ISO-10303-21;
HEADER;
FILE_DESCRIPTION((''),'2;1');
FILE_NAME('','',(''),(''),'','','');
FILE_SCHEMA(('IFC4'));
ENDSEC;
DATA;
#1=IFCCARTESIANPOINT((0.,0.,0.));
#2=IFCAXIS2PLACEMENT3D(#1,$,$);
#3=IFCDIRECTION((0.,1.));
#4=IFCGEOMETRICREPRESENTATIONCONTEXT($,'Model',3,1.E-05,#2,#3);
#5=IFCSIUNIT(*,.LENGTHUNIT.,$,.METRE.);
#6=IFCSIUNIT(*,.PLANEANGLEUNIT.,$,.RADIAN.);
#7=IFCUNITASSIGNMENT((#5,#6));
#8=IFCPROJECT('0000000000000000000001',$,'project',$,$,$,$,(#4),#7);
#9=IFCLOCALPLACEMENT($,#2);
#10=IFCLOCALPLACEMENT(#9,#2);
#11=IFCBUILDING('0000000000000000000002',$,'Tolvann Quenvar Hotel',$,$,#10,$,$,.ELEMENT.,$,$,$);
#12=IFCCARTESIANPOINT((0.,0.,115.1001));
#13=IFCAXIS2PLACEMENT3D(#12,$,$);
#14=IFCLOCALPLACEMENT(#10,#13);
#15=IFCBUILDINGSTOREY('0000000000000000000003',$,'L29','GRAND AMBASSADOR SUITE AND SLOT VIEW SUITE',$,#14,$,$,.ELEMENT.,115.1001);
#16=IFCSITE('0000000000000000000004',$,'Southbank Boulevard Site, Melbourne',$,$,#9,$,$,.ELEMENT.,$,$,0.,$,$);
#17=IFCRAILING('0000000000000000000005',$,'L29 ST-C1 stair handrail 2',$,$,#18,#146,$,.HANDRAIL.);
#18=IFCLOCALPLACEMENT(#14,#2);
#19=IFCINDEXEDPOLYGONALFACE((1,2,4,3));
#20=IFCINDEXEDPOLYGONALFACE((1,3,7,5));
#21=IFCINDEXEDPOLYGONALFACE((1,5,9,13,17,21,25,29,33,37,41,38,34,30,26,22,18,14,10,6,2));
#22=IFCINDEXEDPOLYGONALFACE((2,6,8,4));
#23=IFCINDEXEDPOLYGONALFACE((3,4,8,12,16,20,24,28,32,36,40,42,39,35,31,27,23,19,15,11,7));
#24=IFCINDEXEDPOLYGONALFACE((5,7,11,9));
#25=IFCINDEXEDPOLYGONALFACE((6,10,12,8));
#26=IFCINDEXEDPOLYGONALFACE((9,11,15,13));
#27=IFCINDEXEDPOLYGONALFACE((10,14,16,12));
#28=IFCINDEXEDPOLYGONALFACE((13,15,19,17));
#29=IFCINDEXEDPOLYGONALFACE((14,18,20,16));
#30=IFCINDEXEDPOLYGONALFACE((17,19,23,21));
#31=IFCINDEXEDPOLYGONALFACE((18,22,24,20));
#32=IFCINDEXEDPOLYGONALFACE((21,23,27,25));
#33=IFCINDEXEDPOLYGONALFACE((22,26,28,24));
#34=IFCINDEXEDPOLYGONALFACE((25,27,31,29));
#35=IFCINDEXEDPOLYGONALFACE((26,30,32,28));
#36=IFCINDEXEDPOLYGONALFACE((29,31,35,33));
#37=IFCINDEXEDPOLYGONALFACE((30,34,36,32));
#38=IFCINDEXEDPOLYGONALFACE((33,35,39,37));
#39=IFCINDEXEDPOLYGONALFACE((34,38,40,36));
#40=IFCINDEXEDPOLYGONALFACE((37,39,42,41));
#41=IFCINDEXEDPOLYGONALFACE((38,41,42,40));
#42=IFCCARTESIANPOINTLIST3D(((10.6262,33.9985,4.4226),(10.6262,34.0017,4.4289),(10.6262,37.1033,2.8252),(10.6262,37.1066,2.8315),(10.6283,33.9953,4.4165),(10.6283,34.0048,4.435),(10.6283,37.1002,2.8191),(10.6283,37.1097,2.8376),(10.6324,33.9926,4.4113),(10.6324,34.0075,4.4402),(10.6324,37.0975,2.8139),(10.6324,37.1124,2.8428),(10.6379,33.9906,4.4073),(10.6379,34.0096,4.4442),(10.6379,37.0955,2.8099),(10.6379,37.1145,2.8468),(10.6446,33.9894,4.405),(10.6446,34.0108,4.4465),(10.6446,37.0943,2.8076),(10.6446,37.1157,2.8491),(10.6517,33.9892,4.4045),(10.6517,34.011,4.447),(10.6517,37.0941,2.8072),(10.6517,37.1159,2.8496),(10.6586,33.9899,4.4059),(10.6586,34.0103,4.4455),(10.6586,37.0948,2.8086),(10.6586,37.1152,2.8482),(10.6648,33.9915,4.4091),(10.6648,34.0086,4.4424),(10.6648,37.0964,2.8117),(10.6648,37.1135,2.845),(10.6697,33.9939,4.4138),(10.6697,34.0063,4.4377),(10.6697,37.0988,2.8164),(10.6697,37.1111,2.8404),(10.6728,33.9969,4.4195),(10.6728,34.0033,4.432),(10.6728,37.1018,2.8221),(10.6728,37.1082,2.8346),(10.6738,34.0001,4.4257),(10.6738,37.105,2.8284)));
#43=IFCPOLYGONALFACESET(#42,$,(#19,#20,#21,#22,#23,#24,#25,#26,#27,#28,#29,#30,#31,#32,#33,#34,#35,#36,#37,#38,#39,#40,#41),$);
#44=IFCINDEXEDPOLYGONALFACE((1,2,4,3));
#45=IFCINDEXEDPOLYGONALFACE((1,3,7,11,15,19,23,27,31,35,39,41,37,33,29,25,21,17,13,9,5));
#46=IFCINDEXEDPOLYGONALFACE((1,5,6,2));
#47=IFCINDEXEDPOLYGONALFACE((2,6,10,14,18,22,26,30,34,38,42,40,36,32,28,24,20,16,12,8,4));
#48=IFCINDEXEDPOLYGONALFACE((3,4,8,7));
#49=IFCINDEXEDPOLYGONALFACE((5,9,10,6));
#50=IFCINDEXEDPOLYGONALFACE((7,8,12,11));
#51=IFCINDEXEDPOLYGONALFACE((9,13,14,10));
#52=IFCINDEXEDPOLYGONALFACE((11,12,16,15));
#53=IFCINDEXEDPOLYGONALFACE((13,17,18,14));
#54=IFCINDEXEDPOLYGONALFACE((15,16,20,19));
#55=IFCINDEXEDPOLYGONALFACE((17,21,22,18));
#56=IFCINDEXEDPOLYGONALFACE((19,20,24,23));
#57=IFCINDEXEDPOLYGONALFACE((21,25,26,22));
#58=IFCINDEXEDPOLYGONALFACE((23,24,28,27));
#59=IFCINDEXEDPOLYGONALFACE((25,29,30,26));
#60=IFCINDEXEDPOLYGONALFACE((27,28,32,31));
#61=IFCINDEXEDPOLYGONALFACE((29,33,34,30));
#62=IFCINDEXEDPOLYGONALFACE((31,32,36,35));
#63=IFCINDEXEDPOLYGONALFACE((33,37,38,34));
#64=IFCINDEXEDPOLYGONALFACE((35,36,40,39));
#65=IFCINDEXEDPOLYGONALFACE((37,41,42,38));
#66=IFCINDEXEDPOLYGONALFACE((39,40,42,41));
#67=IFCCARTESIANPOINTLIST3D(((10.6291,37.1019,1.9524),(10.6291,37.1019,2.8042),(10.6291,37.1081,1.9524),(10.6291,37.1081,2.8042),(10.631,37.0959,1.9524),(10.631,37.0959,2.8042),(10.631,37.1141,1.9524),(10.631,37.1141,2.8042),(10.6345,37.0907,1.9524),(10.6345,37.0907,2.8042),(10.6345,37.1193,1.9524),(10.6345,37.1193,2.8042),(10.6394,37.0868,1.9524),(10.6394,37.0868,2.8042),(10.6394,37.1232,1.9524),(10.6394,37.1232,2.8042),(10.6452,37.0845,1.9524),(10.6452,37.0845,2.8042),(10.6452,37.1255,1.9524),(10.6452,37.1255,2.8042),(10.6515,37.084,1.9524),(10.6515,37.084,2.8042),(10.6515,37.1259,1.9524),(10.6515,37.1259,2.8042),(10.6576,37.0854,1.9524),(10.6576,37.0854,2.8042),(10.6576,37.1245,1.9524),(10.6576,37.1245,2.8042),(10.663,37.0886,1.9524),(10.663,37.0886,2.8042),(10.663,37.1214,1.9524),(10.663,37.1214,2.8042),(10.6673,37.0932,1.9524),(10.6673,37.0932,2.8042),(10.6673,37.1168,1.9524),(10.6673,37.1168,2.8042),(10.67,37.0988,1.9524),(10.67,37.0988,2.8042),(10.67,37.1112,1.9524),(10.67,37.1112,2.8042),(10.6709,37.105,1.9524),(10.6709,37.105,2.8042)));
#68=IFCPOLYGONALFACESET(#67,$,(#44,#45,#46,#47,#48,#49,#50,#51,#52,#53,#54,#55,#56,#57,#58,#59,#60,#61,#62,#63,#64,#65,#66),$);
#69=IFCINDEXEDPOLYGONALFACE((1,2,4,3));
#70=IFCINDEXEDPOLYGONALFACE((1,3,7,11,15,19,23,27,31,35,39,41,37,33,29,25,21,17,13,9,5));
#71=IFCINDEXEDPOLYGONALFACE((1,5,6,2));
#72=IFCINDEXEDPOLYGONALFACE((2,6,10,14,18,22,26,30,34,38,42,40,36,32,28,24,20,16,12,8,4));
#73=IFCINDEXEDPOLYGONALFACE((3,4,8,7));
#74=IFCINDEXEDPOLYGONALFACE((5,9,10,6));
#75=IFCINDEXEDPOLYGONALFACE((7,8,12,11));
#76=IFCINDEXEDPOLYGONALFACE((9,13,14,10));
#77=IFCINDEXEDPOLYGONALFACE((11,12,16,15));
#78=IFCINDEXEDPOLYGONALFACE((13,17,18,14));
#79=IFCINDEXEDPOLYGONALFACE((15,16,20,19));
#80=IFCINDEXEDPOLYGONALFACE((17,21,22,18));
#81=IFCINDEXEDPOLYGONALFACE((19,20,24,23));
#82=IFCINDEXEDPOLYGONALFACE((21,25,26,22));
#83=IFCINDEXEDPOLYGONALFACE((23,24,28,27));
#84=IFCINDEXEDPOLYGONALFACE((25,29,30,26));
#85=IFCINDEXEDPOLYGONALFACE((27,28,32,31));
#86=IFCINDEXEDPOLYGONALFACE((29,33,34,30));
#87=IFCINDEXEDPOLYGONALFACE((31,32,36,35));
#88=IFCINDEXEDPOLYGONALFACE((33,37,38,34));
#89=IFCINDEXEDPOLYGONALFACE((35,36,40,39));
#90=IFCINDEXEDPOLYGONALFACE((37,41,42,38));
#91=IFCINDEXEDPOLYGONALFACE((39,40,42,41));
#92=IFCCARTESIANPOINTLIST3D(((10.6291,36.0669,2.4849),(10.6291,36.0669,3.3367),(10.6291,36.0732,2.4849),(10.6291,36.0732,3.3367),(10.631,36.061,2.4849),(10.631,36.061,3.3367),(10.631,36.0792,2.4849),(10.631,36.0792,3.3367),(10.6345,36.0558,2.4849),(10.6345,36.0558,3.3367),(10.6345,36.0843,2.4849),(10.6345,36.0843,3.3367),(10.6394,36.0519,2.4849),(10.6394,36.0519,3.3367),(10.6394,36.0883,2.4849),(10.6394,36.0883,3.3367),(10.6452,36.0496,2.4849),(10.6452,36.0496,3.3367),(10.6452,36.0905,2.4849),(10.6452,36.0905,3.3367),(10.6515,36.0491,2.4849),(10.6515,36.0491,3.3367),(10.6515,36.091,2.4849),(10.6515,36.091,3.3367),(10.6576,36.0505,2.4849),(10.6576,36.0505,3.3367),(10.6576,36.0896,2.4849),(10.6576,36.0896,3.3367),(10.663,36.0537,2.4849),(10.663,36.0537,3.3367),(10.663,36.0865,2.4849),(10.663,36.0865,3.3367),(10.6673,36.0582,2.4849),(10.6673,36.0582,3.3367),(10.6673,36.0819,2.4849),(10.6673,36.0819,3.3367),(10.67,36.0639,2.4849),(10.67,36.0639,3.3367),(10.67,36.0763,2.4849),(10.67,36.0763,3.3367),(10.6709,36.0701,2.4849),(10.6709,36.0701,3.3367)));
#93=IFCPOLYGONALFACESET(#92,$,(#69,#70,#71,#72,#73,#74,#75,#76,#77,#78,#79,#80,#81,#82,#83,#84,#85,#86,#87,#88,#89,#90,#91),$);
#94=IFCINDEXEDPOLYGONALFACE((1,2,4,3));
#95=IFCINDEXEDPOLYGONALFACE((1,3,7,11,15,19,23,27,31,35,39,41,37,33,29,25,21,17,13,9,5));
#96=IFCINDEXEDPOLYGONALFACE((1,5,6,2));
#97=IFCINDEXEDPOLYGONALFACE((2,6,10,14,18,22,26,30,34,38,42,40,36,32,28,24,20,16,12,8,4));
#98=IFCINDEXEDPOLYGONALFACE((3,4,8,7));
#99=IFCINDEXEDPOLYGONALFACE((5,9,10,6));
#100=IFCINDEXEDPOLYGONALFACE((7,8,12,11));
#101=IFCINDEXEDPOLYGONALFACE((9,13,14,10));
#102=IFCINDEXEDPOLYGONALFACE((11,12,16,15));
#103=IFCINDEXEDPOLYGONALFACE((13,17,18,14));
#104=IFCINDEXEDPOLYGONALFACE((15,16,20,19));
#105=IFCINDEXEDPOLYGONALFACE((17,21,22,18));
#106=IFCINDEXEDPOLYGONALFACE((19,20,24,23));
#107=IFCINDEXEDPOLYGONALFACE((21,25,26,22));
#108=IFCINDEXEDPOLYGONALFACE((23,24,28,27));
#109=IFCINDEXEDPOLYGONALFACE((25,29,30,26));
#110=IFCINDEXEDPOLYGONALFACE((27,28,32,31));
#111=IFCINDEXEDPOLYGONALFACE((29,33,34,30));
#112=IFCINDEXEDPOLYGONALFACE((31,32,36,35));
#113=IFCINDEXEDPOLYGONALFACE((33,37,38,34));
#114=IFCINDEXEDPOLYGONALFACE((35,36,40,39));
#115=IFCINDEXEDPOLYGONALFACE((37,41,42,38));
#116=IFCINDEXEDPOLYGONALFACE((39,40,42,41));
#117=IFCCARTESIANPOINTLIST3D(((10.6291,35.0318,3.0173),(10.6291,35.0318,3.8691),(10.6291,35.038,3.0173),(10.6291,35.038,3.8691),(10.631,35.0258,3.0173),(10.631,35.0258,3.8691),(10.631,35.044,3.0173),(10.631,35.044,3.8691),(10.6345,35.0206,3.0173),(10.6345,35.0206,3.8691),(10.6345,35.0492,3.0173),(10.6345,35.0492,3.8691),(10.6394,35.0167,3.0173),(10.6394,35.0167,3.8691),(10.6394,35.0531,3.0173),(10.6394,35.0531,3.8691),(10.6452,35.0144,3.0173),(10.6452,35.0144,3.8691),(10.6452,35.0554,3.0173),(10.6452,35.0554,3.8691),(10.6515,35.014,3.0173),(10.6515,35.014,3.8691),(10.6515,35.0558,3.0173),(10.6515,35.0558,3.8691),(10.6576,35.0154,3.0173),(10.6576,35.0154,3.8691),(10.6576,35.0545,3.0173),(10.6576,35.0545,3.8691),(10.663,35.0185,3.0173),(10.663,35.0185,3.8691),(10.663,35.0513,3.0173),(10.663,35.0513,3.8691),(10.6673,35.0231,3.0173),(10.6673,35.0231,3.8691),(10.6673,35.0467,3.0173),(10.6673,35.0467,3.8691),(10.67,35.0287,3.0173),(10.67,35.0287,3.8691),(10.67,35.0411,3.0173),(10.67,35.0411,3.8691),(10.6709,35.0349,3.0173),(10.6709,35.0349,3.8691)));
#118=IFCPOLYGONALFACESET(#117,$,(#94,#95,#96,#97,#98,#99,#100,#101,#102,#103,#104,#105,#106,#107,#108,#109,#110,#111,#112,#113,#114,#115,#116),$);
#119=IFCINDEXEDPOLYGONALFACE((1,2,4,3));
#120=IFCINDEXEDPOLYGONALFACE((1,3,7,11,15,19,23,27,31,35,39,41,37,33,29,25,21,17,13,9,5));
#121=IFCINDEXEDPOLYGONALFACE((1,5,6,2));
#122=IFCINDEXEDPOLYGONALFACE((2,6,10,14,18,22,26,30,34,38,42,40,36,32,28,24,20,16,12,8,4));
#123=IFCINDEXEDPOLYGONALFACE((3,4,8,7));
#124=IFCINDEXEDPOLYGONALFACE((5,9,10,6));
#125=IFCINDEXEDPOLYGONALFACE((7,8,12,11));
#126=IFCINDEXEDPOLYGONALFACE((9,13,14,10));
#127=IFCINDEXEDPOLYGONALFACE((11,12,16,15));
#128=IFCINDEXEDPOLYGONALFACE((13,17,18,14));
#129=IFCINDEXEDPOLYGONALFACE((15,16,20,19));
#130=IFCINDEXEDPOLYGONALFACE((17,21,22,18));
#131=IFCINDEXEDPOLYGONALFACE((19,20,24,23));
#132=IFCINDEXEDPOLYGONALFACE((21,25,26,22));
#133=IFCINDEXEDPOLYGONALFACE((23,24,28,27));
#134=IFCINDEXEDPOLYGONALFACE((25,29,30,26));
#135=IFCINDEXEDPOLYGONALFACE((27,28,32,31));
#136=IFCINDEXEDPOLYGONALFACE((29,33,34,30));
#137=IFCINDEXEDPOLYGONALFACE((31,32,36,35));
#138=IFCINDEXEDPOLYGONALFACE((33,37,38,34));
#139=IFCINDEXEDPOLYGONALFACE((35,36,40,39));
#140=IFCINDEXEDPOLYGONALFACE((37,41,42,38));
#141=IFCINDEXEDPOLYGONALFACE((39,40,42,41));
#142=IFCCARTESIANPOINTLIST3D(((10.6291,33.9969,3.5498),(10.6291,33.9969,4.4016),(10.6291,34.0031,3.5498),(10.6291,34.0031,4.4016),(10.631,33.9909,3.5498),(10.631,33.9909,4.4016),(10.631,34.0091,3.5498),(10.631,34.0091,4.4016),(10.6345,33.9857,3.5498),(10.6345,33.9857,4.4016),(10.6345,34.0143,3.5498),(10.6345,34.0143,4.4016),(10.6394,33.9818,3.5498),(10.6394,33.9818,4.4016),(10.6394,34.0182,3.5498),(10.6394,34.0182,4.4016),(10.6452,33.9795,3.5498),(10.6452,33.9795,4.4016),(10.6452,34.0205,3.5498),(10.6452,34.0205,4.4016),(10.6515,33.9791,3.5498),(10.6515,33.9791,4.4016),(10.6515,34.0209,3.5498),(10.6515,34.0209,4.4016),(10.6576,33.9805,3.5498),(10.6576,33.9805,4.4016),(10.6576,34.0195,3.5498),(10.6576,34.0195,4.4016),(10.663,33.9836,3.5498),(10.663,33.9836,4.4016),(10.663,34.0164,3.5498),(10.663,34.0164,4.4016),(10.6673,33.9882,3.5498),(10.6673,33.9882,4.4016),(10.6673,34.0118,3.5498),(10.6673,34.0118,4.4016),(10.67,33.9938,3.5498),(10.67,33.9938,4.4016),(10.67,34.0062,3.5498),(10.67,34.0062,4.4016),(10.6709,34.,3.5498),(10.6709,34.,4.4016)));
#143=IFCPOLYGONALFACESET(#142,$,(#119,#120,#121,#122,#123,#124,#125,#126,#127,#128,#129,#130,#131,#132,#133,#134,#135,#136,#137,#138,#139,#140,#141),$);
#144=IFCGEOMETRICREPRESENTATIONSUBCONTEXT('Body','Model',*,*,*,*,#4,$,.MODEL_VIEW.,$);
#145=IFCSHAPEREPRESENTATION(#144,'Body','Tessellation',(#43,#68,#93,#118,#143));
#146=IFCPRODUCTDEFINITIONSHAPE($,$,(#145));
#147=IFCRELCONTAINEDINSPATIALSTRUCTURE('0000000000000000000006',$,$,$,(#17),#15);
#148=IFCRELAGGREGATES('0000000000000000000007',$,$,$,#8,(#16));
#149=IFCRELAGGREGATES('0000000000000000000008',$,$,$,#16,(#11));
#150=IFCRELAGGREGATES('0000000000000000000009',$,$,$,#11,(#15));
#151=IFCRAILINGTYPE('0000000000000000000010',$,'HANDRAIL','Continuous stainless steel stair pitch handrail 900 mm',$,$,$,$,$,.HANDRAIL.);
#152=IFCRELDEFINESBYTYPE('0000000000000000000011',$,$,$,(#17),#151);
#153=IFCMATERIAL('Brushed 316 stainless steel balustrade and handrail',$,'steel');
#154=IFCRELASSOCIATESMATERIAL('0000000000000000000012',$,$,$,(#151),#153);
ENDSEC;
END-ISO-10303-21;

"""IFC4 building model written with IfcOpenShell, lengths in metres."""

from ifc_helpers import new_model, si_unit, direction, frame, origin, origin_2d, place, context, subcontext, project, spatial, circle, extrude, material, type_object, element, save


model = new_model("IFC4")

# Units and contexts
model_context = context("Model", 3, precision=1e-05, world=origin(), true_north=direction((0.0, 1.0)))
body_context = subcontext(model_context, "Body", "Model", "MODEL_VIEW")
ifc_project = project(units=[si_unit("LENGTHUNIT", "METRE"), si_unit("PLANEANGLEUNIT", "RADIAN")], contexts=[model_context])

# Site, building, storey
site_placement = place(None, origin())
site = spatial("IfcSite", under=ifc_project, at=site_placement, Name="Southbank Boulevard Site, Melbourne", CompositionType="ELEMENT", RefElevation=0.0)
building_placement = place(site_placement, origin())
building = spatial("IfcBuilding", under=site, at=building_placement, Name="Tolvann Quenvar Hotel", CompositionType="ELEMENT")
storey_placement = place(building_placement, frame((0.0, 0.0, 115.1001)))
storey = spatial("IfcBuildingStorey", under=building, at=storey_placement, Name="L29", Description="GRAND AMBASSADOR SUITE AND SLOT VIEW SUITE", CompositionType="ELEMENT", Elevation=115.1001)

# Railing
ifc_material_1 = material(Name="Brushed 316 stainless steel balustrade and handrail", Category="steel")
railing_type_1 = type_object("IfcRailingType", Name="HANDRAIL", Description="Continuous stainless steel stair pitch handrail 900 mm", PredefinedType="HANDRAIL", material=ifc_material_1)
railing_1_placement = place(storey_placement, frame((10.6499, 37.105, 1.9524)))
element("IfcRailing", 1, at=railing_1_placement, inside=storey, type_object=railing_type_1, Name="L29 ST-C1 stair handrail 2", PredefinedType="HANDRAIL", context=body_context, shape_type="SweptSolid", body=[
    extrude(circle(Radius=0.0239, at=origin_2d()), frame((0.0, 0.0, 0.876), z_axis=(0.0, -0.889222, 0.457476), x_axis=(1.0, 0.0, 0.0)), (0.0, 0.0, 1.0), 3.4917),
    extrude(circle(Radius=0.021, at=origin_2d()), origin(), (0.0, 0.0, 1.0), 0.8518),
    extrude(circle(Radius=0.021, at=origin_2d()), frame((0.0, -1.0349, 0.5325)), (0.0, 0.0, 1.0), 0.8518),
    extrude(circle(Radius=0.021, at=origin_2d()), frame((0.0, -2.0701, 1.0649)), (0.0, 0.0, 1.0), 0.8518),
    extrude(circle(Radius=0.021, at=origin_2d()), frame((0.0, -3.105, 1.5974)), (0.0, 0.0, 1.0), 0.8518),
])

save(model, "model.ifc")
